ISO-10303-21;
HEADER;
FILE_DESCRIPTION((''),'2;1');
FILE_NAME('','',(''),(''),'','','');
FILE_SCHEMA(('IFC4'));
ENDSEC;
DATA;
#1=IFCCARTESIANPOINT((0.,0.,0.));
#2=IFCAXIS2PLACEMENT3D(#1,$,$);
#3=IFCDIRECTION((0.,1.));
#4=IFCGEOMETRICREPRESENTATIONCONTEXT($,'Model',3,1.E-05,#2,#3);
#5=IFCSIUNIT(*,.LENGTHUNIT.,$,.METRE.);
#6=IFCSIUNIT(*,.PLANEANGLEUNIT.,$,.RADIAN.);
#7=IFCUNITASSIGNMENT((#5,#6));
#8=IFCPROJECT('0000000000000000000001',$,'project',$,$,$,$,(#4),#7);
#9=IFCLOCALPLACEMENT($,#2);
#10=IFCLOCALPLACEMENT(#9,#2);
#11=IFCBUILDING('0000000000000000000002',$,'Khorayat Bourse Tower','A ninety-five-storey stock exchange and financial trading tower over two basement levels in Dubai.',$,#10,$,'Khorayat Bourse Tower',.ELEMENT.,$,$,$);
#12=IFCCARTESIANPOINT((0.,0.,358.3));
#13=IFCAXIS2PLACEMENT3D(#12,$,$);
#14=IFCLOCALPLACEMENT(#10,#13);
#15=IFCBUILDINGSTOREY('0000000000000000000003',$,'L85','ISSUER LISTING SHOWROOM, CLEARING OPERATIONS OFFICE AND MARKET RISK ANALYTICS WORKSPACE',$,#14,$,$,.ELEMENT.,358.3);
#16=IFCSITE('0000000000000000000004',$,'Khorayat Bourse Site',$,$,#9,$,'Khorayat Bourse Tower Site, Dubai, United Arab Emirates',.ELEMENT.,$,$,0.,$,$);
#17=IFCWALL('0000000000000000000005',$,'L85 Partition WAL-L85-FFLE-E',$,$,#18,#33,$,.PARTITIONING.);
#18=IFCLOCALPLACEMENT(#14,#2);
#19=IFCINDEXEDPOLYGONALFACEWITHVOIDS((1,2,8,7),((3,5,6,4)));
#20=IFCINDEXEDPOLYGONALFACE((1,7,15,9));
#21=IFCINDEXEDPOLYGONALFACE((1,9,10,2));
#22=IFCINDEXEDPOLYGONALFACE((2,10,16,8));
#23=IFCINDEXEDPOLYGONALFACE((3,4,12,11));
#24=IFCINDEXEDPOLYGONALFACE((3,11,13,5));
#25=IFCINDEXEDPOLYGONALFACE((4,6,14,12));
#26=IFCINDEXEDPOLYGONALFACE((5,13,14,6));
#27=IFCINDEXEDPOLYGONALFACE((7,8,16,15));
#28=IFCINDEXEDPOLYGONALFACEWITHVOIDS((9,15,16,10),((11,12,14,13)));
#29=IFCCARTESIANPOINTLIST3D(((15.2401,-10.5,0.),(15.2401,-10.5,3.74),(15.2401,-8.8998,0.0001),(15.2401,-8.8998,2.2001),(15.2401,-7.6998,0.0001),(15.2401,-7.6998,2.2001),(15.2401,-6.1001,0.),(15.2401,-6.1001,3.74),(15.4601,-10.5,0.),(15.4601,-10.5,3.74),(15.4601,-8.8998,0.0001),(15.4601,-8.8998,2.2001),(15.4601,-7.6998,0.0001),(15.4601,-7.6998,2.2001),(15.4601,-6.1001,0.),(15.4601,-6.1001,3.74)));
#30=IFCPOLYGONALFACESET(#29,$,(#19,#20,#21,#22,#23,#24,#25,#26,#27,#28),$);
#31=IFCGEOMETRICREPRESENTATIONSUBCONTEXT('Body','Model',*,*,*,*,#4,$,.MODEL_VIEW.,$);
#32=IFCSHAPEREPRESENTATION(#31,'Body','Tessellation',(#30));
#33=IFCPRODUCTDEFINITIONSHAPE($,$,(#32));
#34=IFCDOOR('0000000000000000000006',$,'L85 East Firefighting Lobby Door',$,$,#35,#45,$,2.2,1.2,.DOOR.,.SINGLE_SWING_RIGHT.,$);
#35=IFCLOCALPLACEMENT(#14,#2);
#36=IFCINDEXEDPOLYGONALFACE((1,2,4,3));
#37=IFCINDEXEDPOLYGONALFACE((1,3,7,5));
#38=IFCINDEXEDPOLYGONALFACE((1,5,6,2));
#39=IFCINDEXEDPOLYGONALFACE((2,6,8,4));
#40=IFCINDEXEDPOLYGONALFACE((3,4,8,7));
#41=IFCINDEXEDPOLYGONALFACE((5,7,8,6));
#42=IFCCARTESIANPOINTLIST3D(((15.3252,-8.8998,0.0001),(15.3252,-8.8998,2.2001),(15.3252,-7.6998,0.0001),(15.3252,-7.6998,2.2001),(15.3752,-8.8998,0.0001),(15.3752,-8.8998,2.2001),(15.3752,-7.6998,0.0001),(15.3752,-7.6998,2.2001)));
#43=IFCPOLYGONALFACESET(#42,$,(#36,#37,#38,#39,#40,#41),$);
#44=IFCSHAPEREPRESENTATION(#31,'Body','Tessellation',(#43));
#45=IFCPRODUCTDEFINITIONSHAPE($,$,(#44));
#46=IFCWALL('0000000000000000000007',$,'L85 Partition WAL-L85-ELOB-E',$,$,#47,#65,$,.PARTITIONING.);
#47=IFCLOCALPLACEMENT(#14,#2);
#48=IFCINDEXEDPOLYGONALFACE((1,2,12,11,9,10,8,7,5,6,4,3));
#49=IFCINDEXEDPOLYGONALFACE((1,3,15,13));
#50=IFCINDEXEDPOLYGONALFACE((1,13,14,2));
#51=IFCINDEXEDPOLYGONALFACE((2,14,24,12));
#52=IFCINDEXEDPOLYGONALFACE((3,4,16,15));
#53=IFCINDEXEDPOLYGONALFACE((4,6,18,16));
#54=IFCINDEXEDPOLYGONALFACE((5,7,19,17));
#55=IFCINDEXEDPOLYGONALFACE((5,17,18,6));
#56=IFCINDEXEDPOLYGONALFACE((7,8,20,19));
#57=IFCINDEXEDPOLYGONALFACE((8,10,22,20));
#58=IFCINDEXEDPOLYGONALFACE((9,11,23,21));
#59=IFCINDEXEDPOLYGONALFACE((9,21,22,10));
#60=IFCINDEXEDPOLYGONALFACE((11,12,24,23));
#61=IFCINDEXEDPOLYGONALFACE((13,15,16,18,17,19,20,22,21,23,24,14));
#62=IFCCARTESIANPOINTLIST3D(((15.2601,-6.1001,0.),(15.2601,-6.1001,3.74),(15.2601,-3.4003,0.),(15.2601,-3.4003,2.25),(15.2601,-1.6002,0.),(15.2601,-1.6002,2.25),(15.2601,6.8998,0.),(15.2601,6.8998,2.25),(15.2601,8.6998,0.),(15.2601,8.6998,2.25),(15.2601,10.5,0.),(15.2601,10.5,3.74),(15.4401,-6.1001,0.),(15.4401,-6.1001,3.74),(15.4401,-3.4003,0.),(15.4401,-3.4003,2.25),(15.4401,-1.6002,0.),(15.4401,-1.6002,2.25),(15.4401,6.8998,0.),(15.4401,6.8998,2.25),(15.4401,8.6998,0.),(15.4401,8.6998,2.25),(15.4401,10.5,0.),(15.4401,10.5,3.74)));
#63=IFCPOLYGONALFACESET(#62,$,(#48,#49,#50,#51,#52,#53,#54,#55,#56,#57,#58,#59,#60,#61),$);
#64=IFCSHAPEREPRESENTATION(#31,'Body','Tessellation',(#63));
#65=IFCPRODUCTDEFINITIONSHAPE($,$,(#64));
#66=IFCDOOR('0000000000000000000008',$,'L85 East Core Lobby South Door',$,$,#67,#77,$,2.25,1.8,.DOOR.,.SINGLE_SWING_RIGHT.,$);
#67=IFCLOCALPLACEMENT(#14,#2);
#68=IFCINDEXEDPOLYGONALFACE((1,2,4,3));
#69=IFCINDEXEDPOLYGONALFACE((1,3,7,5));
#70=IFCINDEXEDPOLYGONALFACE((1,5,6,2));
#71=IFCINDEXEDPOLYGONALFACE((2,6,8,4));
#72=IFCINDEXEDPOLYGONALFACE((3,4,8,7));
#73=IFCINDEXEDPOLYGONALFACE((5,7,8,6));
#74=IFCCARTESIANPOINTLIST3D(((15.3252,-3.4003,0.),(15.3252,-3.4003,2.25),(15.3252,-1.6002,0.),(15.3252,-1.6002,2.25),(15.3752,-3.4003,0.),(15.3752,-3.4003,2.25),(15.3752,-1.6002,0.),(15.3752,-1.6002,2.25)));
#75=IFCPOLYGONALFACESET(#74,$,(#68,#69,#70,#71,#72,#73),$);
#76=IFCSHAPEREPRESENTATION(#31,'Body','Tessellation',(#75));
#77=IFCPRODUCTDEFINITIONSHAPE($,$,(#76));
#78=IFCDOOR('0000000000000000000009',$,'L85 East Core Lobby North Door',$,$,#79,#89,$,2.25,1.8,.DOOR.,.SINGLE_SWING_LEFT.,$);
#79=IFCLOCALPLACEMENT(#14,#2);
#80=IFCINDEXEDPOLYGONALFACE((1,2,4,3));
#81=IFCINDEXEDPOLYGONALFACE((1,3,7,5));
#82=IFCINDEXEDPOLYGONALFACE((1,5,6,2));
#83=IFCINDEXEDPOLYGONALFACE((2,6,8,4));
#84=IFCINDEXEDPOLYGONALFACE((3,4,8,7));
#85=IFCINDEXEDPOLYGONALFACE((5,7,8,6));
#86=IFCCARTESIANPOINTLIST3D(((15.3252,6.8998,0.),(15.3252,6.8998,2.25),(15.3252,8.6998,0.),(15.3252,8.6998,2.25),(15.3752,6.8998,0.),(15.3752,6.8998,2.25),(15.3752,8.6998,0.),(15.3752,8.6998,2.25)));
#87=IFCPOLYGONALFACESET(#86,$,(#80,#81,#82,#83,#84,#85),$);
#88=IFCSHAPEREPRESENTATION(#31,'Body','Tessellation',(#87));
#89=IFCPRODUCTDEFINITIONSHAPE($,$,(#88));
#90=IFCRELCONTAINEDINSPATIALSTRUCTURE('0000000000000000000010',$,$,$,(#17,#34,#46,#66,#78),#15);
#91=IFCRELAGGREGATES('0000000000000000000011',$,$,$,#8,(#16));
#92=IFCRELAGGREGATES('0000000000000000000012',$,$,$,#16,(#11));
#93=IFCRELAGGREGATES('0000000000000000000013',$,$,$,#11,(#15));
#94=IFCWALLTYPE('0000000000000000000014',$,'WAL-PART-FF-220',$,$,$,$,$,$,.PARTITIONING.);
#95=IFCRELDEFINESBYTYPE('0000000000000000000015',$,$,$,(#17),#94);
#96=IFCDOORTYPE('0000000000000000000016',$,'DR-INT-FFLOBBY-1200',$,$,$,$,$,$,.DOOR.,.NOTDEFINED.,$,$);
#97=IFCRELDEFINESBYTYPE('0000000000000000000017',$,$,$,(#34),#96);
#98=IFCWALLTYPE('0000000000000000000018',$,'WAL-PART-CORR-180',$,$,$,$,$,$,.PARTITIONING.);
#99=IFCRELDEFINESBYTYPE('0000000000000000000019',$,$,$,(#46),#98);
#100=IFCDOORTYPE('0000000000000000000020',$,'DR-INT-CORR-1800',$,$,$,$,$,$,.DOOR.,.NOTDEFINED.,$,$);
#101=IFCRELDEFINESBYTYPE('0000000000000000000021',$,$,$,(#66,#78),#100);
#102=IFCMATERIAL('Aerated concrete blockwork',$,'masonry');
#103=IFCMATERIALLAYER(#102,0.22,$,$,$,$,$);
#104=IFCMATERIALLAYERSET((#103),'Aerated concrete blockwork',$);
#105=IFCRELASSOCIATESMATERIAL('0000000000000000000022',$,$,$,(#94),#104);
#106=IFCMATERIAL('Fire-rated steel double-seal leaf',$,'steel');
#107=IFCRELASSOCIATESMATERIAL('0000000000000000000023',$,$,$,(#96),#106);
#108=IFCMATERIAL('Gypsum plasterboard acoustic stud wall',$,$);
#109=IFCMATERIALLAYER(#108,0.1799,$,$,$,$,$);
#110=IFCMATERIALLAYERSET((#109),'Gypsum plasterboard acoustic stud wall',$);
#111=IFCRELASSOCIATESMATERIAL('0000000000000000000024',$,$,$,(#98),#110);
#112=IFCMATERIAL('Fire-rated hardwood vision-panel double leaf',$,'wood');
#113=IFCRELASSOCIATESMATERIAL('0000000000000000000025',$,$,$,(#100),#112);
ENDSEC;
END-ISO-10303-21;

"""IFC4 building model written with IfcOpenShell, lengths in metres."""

from ifc_helpers import new_model, si_unit, direction, frame, frame_2d, origin, place, context, subcontext, project, spatial, rectangle, extrude, source, transform, mapped, material, layer, layer_set, type_object, element, fill, save


model = new_model("IFC4")

# Units and contexts
model_context = context("Model", 3, precision=1e-05, world=origin(), true_north=direction((0.0, 1.0)))
body_context = subcontext(model_context, "Body", "Model", "MODEL_VIEW")
ifc_project = project(units=[si_unit("LENGTHUNIT", "METRE"), si_unit("PLANEANGLEUNIT", "RADIAN")], contexts=[model_context])

# Site, building, storey
site_placement = place(None, origin())
site = spatial("IfcSite", under=ifc_project, at=site_placement, Name="Khorayat Bourse Site", LongName="Khorayat Bourse Tower Site, Dubai, United Arab Emirates", CompositionType="ELEMENT", RefElevation=0.0)
building_placement = place(site_placement, origin())
building = spatial("IfcBuilding", under=site, at=building_placement, Name="Khorayat Bourse Tower", Description="A ninety-five-storey stock exchange and financial trading tower over two basement levels in Dubai.", LongName="Khorayat Bourse Tower", CompositionType="ELEMENT")
storey_placement = place(building_placement, frame((0.0, 0.0, 358.3)))
storey = spatial("IfcBuildingStorey", under=building, at=storey_placement, Name="L85", Description="ISSUER LISTING SHOWROOM, CLEARING OPERATIONS OFFICE AND MARKET RISK ANALYTICS WORKSPACE", CompositionType="ELEMENT", Elevation=358.3)

# Shared definitions
ifc_material_1 = material(Name="Aerated concrete blockwork", Category="masonry")
ifc_layer_1 = layer(ifc_material_1, 0.22)
ifc_layer_set_1 = layer_set([ifc_layer_1], Name="Aerated concrete blockwork")
wall_type_1 = type_object("IfcWallType", Name="WAL-PART-FF-220", PredefinedType="PARTITIONING", material=ifc_layer_set_1)

# Wall, opening, door
shared_shape_1 = source(origin(), body_context, "Body", "SweptSolid", [
    extrude(rectangle(XDim=4.3999, YDim=0.22, at=frame_2d((2.2, 0.0))), origin(), (0.0, 0.0, 1.0), 3.74),
])
wall_1_placement = place(storey_placement, frame((15.3501, -10.5, 0.0), z_axis=(0.0, 0.0, 1.0), x_axis=(0.0, 1.0, 0.0)))
wall_1 = element("IfcWall", 1, at=wall_1_placement, inside=storey, type_object=wall_type_1, Name="L85 Partition WAL-L85-FFLE-E", PredefinedType="PARTITIONING", context=body_context, shape_type="MappedRepresentation", body=[
    mapped(shared_shape_1, transform((0.0, 0.0, 0.0), scale=1.0)),
])
shared_shape_2 = source(origin(), body_context, "Body", "SweptSolid", [
    extrude(rectangle(XDim=1.2, YDim=2.2, at=frame_2d((0.6001, 1.1001))), frame((0.0, 0.1199, 0.0), z_axis=(0.0, -1.0, 0.0), x_axis=(1.0, 0.0, 0.0)), (0.0, 0.0, 1.0), 0.24),
])
opening_1_placement = place(wall_1_placement, frame((1.6001, 0.0, 0.0)))
opening_1 = element("IfcOpeningElement", 2, at=opening_1_placement, cuts=wall_1, PredefinedType="OPENING", context=body_context, shape_type="MappedRepresentation", body=[
    mapped(shared_shape_2, transform((0.0, 0.0, 0.0), scale=1.0)),
])
ifc_material_2 = material(Name="Fire-rated steel double-seal leaf", Category="steel")
door_type_1 = type_object("IfcDoorType", Name="DR-INT-FFLOBBY-1200", OperationType="NOTDEFINED", PredefinedType="DOOR", material=ifc_material_2)
shared_shape_3 = source(origin(), body_context, "Body", "SweptSolid", [
    extrude(rectangle(XDim=1.2, YDim=2.2, at=frame_2d((0.6001, 1.1001))), frame((0.0, 0.0249, 0.0), z_axis=(0.0, -1.0, 0.0), x_axis=(1.0, 0.0, 0.0)), (0.0, 0.0, 1.0), 0.05),
])
door_1_placement = place(opening_1_placement, origin())
door_1 = element("IfcDoor", 3, at=door_1_placement, inside=storey, type_object=door_type_1, Name="L85 East Firefighting Lobby Door", OperationType="SINGLE_SWING_RIGHT", OverallHeight=2.2, OverallWidth=1.2, PredefinedType="DOOR", context=body_context, shape_type="MappedRepresentation", body=[
    mapped(shared_shape_3, transform((0.0, 0.0, 0.0), scale=1.0)),
])
fill(opening_1, door_1)

# Wall, openings, doors
ifc_material_3 = material(Name="Gypsum plasterboard acoustic stud wall")
ifc_layer_2 = layer(ifc_material_3, 0.1799)
ifc_layer_set_2 = layer_set([ifc_layer_2], Name="Gypsum plasterboard acoustic stud wall")
wall_type_2 = type_object("IfcWallType", Name="WAL-PART-CORR-180", PredefinedType="PARTITIONING", material=ifc_layer_set_2)
shared_shape_4 = source(origin(), body_context, "Body", "SweptSolid", [
    extrude(rectangle(XDim=16.6001, YDim=0.1799, at=frame_2d((8.3, 0.0))), origin(), (0.0, 0.0, 1.0), 3.74),
])
wall_2_placement = place(storey_placement, frame((15.3501, -6.1001, 0.0), z_axis=(0.0, 0.0, 1.0), x_axis=(0.0, 1.0, 0.0)))
wall_2 = element("IfcWall", 4, at=wall_2_placement, inside=storey, type_object=wall_type_2, Name="L85 Partition WAL-L85-ELOB-E", PredefinedType="PARTITIONING", context=body_context, shape_type="MappedRepresentation", body=[
    mapped(shared_shape_4, transform((0.0, 0.0, 0.0), scale=1.0)),
])
shared_shape_5 = source(origin(), body_context, "Body", "SweptSolid", [
    extrude(rectangle(XDim=1.8, YDim=2.25, at=frame_2d((0.8999, 1.125))), frame((0.0, 0.0999, 0.0), z_axis=(0.0, -1.0, 0.0), x_axis=(1.0, 0.0, 0.0)), (0.0, 0.0, 1.0), 0.2),
])
opening_2_placement = place(wall_2_placement, frame((2.7, 0.0, 0.0)))
opening_2 = element("IfcOpeningElement", 5, at=opening_2_placement, cuts=wall_2, PredefinedType="OPENING", context=body_context, shape_type="MappedRepresentation", body=[
    mapped(shared_shape_5, transform((0.0, 0.0, 0.0), scale=1.0)),
])
opening_3_placement = place(wall_2_placement, frame((13.0, 0.0, 0.0)))
opening_3 = element("IfcOpeningElement", 6, at=opening_3_placement, cuts=wall_2, PredefinedType="OPENING", context=body_context, shape_type="MappedRepresentation", body=[
    mapped(shared_shape_5, transform((0.0, 0.0, 0.0), scale=1.0)),
])
ifc_material_4 = material(Name="Fire-rated hardwood vision-panel double leaf", Category="wood")
door_type_2 = type_object("IfcDoorType", Name="DR-INT-CORR-1800", OperationType="NOTDEFINED", PredefinedType="DOOR", material=ifc_material_4)
shared_shape_6 = source(origin(), body_context, "Body", "SweptSolid", [
    extrude(rectangle(XDim=1.8, YDim=2.25, at=frame_2d((0.8999, 1.125))), frame((0.0, 0.0249, 0.0), z_axis=(0.0, -1.0, 0.0), x_axis=(1.0, 0.0, 0.0)), (0.0, 0.0, 1.0), 0.05),
])
door_2_placement = place(opening_2_placement, origin())
door_2 = element("IfcDoor", 7, at=door_2_placement, inside=storey, type_object=door_type_2, Name="L85 East Core Lobby South Door", OperationType="SINGLE_SWING_RIGHT", OverallHeight=2.25, OverallWidth=1.8, PredefinedType="DOOR", context=body_context, shape_type="MappedRepresentation", body=[
    mapped(shared_shape_6, transform((0.0, 0.0, 0.0), scale=1.0)),
])
fill(opening_2, door_2)
door_3_placement = place(opening_3_placement, origin())
door_3 = element("IfcDoor", 8, at=door_3_placement, inside=storey, type_object=door_type_2, Name="L85 East Core Lobby North Door", OperationType="SINGLE_SWING_LEFT", OverallHeight=2.25, OverallWidth=1.8, PredefinedType="DOOR", context=body_context, shape_type="MappedRepresentation", body=[
    mapped(shared_shape_6, transform((0.0, 0.0, 0.0), scale=1.0)),
])
fill(opening_3, door_3)

save(model, "model.ifc")
